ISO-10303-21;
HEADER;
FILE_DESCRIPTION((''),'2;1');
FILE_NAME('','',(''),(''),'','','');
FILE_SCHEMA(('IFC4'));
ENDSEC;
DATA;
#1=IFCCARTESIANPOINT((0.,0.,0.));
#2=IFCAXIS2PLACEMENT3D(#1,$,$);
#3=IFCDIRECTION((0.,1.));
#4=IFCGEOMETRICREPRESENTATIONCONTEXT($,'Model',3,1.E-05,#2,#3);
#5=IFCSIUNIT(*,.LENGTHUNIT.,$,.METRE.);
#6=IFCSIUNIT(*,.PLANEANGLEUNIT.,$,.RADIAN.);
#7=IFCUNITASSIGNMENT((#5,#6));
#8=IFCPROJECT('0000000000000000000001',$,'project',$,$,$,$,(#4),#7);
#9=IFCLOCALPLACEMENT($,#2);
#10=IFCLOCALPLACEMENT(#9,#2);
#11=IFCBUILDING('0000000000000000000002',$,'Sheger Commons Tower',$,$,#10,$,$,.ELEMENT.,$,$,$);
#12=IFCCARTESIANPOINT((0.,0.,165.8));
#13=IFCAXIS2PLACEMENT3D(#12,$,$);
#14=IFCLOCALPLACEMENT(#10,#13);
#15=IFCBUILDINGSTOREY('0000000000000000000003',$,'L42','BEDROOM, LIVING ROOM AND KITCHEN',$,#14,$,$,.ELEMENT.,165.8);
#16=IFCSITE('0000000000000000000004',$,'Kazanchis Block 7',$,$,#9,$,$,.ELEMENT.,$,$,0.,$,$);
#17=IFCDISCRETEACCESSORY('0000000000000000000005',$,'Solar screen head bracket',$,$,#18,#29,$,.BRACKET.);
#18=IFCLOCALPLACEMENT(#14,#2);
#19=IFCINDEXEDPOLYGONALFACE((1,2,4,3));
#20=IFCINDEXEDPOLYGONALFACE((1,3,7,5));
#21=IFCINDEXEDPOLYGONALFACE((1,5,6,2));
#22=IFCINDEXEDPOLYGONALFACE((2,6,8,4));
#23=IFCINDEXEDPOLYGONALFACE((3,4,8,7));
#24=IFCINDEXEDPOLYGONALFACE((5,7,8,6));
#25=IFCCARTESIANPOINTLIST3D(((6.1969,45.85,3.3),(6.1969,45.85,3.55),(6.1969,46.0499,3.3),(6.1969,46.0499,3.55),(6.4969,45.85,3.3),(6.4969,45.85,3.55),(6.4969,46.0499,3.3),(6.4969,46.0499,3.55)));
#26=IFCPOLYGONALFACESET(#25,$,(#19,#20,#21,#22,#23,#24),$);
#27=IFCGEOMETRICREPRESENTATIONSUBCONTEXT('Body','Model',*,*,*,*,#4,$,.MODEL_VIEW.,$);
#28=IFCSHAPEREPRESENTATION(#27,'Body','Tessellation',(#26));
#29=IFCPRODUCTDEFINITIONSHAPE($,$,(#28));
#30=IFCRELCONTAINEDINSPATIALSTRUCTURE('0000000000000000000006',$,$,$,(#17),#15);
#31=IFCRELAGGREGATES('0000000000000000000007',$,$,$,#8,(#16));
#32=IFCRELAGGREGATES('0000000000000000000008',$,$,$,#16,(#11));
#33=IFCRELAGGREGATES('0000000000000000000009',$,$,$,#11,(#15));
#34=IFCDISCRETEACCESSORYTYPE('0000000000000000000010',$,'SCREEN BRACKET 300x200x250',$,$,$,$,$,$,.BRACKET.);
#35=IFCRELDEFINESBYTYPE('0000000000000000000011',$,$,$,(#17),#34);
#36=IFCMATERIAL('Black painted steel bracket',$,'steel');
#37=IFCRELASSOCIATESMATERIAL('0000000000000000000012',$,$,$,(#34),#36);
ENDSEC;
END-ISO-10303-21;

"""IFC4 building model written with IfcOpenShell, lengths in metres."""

from ifc_helpers import new_model, si_unit, direction, frame, origin, origin_2d, place, context, subcontext, project, spatial, rectangle, extrude, material, type_object, element, save


model = new_model("IFC4")

# Units and contexts
model_context = context("Model", 3, precision=1e-05, world=origin(), true_north=direction((0.0, 1.0)))
body_context = subcontext(model_context, "Body", "Model", "MODEL_VIEW")
ifc_project = project(units=[si_unit("LENGTHUNIT", "METRE"), si_unit("PLANEANGLEUNIT", "RADIAN")], contexts=[model_context])

# Site, building, storey
site_placement = place(None, origin())
site = spatial("IfcSite", under=ifc_project, at=site_placement, Name="Kazanchis Block 7", CompositionType="ELEMENT", RefElevation=0.0)
building_placement = place(site_placement, origin())
building = spatial("IfcBuilding", under=site, at=building_placement, Name="Sheger Commons Tower", CompositionType="ELEMENT")
storey_placement = place(building_placement, frame((0.0, 0.0, 165.8)))
storey = spatial("IfcBuildingStorey", under=building, at=storey_placement, Name="L42", Description="BEDROOM, LIVING ROOM AND KITCHEN", CompositionType="ELEMENT", Elevation=165.8)

# Discrete accessory
ifc_material_1 = material(Name="Black painted steel bracket", Category="steel")
discrete_accessory_type = type_object("IfcDiscreteAccessoryType", Name="SCREEN BRACKET 300x200x250", PredefinedType="BRACKET", material=ifc_material_1)
for number, where, z_axis, x_axis, name in (
    (1, (6.3469, 45.95, 3.3), (0.0, 0.0, 1.0), (-1.0, 0.0, 0.0), "Solar screen head bracket"),
):
    element("IfcDiscreteAccessory", number, at=place(storey_placement, frame(where, z_axis=z_axis, x_axis=x_axis)), inside=storey, type_object=discrete_accessory_type, Name=name, PredefinedType="BRACKET", context=body_context, shape_type="SweptSolid", body=[
        extrude(rectangle(XDim=0.3, YDim=0.2, at=origin_2d()), origin(), (0.0, 0.0, 1.0), 0.25),
    ])

save(model, "model.ifc")
